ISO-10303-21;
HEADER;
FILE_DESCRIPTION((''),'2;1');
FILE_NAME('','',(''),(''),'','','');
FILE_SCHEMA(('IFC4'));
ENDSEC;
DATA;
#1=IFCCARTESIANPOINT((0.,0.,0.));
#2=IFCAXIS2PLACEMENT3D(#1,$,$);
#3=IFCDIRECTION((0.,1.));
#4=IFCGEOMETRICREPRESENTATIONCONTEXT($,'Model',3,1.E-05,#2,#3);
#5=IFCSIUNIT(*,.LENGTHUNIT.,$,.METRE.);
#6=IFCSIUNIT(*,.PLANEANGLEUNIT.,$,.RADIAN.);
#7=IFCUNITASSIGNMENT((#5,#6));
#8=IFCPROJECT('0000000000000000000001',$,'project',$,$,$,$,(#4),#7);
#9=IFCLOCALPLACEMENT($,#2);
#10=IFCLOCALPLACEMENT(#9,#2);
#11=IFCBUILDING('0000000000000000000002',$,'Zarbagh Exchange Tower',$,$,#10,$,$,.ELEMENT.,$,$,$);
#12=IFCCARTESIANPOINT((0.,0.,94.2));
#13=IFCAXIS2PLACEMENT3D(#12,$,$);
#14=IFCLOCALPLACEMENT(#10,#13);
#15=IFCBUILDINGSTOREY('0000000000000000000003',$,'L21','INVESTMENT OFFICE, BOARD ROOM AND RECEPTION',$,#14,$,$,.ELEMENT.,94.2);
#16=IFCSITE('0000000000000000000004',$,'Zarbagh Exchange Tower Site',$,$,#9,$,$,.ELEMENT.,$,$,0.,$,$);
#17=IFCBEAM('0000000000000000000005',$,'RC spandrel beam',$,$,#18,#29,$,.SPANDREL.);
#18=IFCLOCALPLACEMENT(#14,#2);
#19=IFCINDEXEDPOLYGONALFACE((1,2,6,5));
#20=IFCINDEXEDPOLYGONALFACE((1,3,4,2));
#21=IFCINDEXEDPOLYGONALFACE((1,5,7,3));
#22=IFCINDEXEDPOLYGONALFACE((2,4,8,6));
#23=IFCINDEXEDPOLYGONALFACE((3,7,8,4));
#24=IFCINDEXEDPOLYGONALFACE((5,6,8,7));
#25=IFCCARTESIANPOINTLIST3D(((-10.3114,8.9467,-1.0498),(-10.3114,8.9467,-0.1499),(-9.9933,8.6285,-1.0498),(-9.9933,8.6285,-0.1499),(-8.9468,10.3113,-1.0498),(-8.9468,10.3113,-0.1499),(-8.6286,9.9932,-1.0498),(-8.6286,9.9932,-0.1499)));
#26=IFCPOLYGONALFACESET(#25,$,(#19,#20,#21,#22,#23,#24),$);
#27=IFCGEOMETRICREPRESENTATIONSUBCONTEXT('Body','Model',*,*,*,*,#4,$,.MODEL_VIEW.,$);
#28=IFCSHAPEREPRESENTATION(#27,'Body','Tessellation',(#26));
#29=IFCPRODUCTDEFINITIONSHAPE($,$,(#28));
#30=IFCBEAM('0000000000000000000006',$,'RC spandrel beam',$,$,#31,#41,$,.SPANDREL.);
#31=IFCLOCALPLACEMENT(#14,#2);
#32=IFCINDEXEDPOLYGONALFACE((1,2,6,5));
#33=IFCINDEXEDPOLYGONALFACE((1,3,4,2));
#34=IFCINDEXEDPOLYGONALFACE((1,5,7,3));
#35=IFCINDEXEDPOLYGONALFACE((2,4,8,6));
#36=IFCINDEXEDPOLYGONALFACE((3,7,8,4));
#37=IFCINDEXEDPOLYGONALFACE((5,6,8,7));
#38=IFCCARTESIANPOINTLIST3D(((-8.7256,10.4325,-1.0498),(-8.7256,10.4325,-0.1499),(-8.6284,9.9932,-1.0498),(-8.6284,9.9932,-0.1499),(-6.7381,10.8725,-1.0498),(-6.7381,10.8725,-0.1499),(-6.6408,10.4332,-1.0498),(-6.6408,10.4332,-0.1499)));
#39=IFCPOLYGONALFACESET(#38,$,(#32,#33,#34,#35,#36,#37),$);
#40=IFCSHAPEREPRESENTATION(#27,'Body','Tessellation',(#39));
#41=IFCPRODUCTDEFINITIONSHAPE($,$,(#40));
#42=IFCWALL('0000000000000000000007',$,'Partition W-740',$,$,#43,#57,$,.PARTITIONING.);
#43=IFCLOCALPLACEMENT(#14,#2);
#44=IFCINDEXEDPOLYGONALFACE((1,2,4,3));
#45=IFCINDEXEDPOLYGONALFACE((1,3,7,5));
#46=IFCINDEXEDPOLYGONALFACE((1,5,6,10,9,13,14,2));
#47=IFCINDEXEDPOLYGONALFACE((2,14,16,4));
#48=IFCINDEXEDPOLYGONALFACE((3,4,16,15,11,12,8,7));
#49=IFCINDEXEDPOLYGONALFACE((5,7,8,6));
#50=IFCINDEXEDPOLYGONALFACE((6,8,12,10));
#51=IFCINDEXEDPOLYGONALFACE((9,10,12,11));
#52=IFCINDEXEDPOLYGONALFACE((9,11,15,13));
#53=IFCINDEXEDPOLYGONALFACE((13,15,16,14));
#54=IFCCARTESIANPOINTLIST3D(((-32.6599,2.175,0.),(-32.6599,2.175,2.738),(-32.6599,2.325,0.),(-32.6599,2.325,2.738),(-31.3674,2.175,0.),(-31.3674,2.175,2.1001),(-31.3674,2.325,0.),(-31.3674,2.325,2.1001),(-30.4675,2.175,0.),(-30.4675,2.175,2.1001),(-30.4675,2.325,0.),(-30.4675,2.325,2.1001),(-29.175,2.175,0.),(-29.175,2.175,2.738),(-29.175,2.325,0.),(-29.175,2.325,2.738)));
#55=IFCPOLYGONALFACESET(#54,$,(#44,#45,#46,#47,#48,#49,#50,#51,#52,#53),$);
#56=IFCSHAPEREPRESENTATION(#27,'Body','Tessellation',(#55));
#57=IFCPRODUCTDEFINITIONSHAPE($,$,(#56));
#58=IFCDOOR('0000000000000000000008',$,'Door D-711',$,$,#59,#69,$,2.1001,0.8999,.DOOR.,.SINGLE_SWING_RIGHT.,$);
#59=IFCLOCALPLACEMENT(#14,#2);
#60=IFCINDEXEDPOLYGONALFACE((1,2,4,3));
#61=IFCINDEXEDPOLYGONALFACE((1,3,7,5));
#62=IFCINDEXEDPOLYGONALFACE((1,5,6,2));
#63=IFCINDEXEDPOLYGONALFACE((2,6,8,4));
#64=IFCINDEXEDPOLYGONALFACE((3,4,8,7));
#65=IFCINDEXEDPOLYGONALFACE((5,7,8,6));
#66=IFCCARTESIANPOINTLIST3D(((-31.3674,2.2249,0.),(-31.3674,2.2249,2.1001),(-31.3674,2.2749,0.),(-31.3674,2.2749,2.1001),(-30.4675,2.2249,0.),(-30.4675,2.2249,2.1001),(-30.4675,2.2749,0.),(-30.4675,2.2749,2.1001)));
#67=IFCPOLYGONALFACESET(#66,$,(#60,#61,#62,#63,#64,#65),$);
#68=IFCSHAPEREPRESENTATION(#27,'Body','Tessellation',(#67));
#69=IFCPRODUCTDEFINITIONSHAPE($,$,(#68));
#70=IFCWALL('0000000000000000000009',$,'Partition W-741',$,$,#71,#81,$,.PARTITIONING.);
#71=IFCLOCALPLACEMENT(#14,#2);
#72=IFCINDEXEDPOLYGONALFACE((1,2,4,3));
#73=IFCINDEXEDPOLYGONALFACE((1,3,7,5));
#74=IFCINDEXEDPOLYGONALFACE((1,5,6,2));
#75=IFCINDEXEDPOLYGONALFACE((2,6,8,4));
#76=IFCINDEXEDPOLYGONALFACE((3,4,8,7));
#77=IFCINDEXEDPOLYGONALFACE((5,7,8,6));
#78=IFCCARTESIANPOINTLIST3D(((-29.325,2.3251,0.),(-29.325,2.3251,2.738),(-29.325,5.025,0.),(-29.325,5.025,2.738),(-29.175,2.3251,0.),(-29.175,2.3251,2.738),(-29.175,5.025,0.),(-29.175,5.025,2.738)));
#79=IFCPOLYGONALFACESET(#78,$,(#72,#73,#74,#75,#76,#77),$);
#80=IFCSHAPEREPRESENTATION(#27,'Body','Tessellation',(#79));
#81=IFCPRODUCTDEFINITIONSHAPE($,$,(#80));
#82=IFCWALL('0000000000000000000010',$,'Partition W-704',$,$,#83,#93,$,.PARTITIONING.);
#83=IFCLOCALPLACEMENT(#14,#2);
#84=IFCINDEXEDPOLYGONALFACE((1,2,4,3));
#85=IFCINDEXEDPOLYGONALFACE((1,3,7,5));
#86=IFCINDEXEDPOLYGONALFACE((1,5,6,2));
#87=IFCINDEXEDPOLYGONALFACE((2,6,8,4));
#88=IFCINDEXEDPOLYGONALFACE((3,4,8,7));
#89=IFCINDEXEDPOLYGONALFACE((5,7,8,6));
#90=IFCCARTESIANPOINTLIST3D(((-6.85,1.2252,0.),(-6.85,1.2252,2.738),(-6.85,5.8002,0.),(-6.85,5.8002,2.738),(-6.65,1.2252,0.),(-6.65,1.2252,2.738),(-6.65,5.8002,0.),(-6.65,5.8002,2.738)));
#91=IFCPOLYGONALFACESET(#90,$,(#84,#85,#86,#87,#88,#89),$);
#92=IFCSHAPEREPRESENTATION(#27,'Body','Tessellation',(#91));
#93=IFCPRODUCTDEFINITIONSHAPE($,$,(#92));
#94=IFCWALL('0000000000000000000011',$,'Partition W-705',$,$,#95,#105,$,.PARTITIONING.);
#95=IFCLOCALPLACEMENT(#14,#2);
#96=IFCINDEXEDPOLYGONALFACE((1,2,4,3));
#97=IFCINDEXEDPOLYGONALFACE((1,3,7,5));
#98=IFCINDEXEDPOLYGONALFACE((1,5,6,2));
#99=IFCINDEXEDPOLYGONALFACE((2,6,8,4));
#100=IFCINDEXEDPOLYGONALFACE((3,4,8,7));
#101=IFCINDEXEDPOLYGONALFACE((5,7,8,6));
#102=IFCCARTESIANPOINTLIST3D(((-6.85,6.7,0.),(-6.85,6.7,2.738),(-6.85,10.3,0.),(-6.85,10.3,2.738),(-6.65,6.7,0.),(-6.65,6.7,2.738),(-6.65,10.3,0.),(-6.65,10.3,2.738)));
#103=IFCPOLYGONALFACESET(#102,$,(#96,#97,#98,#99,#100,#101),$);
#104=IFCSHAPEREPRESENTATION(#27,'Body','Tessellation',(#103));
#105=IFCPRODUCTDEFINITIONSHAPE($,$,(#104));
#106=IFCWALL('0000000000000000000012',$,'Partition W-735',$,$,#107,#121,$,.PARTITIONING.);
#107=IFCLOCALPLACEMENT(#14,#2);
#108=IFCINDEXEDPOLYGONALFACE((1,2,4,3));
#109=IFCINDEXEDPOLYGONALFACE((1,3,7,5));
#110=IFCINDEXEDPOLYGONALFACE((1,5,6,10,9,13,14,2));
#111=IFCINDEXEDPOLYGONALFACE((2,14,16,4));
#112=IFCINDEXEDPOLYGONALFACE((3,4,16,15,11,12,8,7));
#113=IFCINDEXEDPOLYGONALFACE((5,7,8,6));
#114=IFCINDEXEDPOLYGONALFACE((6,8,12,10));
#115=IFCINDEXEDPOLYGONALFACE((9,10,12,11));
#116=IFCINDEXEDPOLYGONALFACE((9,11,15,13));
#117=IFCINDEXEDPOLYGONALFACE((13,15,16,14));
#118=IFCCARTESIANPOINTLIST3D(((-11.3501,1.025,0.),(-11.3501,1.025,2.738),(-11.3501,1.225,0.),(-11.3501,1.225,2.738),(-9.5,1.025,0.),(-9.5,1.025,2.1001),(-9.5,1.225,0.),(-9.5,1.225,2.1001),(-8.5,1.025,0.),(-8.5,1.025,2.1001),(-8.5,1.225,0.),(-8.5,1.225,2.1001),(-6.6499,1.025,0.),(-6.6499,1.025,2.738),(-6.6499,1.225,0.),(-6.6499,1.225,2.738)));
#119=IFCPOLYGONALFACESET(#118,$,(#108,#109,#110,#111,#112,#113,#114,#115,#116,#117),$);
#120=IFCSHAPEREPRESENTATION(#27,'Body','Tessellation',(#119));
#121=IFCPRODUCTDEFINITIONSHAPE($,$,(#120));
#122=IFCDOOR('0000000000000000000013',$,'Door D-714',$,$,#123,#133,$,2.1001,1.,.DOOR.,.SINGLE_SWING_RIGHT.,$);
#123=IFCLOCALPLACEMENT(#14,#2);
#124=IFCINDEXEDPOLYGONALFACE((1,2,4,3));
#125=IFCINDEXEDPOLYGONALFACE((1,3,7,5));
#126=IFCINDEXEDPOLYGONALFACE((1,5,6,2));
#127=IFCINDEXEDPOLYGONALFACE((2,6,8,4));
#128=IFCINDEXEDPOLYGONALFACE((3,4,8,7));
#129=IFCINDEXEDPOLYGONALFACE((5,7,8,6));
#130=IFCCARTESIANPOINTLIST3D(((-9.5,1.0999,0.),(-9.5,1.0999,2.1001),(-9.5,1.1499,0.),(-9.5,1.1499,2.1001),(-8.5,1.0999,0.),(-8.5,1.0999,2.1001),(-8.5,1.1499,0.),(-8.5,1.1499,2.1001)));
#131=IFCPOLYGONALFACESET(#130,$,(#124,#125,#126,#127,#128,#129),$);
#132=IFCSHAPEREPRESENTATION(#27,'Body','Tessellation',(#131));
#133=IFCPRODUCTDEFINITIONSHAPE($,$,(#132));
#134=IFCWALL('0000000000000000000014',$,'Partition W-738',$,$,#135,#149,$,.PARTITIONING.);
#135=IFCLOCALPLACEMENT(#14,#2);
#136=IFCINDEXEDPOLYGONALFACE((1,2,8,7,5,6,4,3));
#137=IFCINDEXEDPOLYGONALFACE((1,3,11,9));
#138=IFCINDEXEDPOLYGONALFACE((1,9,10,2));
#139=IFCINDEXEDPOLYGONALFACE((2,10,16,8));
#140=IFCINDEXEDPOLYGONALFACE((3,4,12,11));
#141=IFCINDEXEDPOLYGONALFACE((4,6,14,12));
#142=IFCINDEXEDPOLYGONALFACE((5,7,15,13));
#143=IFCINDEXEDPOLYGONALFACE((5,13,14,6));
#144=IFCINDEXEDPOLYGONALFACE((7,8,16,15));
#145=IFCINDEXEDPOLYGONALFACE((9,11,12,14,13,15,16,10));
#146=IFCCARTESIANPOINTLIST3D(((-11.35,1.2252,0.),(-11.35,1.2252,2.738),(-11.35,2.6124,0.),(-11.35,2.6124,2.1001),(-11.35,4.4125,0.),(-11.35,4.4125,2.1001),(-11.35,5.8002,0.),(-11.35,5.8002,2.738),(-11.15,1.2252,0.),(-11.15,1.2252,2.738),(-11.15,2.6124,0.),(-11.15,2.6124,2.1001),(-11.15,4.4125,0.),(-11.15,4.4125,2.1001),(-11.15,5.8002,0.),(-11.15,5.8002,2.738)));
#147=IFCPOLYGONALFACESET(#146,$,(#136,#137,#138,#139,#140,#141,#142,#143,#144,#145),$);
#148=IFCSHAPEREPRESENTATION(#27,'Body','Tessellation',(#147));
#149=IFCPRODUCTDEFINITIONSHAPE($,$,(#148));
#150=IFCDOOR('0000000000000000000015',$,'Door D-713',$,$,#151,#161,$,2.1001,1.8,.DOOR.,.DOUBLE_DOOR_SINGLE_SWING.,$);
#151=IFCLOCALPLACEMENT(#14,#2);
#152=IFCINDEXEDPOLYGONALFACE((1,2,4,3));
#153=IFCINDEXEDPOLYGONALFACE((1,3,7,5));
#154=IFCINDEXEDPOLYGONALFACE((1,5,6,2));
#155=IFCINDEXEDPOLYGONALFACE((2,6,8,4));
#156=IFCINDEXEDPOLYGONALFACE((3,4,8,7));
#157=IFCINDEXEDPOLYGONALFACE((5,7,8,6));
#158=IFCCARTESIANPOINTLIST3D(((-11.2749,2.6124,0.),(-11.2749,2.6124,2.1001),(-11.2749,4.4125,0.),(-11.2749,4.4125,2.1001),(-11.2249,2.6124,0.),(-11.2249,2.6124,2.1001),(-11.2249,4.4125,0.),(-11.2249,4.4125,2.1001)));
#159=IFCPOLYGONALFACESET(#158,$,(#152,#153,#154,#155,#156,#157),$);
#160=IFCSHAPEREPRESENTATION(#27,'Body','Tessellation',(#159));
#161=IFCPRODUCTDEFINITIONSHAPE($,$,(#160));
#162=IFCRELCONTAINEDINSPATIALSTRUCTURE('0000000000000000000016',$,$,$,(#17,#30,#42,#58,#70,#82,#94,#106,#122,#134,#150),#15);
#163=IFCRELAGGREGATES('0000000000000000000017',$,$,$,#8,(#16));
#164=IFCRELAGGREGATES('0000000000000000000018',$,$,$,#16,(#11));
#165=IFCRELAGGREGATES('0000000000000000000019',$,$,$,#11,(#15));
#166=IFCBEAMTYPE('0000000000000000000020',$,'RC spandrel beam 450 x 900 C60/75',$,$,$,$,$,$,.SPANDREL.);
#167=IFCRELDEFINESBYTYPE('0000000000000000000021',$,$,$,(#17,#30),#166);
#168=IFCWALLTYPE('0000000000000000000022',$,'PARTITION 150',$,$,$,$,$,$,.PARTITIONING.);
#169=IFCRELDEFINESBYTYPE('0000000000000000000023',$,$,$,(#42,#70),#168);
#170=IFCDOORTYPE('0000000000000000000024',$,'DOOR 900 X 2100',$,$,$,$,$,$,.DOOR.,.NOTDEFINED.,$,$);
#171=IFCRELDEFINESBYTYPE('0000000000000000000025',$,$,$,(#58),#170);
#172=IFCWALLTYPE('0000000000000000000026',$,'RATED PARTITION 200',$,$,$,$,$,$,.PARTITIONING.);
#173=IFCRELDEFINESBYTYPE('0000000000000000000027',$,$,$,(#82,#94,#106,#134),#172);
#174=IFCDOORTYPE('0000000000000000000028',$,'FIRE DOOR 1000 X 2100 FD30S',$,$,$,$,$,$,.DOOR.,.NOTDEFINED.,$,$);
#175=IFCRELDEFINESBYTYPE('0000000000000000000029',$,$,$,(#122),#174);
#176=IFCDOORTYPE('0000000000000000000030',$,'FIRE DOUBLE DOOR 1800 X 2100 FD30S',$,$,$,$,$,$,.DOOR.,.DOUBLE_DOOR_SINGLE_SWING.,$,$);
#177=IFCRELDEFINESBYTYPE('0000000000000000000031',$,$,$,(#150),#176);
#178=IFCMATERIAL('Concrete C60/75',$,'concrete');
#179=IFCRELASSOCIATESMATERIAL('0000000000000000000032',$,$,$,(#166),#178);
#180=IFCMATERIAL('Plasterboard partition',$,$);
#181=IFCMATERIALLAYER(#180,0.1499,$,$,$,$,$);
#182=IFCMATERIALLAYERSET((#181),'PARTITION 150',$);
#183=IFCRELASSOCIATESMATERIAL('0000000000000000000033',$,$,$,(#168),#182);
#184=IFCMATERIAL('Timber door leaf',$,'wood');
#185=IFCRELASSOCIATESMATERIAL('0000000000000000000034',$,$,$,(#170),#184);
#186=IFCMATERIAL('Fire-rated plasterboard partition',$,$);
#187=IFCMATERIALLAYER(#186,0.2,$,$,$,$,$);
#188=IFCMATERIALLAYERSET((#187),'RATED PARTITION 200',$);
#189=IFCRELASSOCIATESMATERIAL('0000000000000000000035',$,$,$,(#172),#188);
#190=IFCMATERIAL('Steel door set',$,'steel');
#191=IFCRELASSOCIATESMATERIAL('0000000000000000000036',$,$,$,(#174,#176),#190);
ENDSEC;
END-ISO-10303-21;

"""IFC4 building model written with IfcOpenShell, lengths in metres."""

from ifc_helpers import new_model, si_unit, direction, frame, frame_2d, origin, origin_2d, place, context, subcontext, project, spatial, rectangle, extrude, material, layer, layer_set, material_profile, profile_set, type_object, element, fill, save


model = new_model("IFC4")

# Units and contexts
model_context = context("Model", 3, precision=1e-05, world=origin(), true_north=direction((0.0, 1.0)))
body_context = subcontext(model_context, "Body", "Model", "MODEL_VIEW")
ifc_project = project(units=[si_unit("LENGTHUNIT", "METRE"), si_unit("PLANEANGLEUNIT", "RADIAN")], contexts=[model_context])

# Site, building, storey
site_placement = place(None, origin())
site = spatial("IfcSite", under=ifc_project, at=site_placement, Name="Zarbagh Exchange Tower Site", CompositionType="ELEMENT", RefElevation=0.0)
building_placement = place(site_placement, origin())
building = spatial("IfcBuilding", under=site, at=building_placement, Name="Zarbagh Exchange Tower", CompositionType="ELEMENT")
storey_placement = place(building_placement, frame((0.0, 0.0, 94.2)))
storey = spatial("IfcBuildingStorey", under=building, at=storey_placement, Name="L21", Description="INVESTMENT OFFICE, BOARD ROOM AND RECEPTION", CompositionType="ELEMENT", Elevation=94.2)

# Shared definitions
ifc_material_1 = material(Name="Concrete C60/75", Category="concrete")

# Beams
ifc_material_profile_1 = material_profile(ifc_material_1, rectangle(XDim=0.45, YDim=0.8999, at=origin_2d()), Name="RC spandrel beam 450 x 900 C60/75")
ifc_profile_set_1 = profile_set([ifc_material_profile_1], Name="Concrete C60/75")
beam_type_1 = type_object("IfcBeamType", Name="RC spandrel beam 450 x 900 C60/75", PredefinedType="SPANDREL", material=ifc_profile_set_1)
beam_1_placement = place(storey_placement, frame((-10.1523, 8.7876, -0.5999), z_axis=(0.707107, 0.707107, 0.0), x_axis=(-0.707107, 0.707107, 0.0)))
element("IfcBeam", 1, at=beam_1_placement, inside=storey, type_object=beam_type_1, Name="RC spandrel beam", PredefinedType="SPANDREL", context=body_context, shape_type="SweptSolid", body=[
    extrude(rectangle(XDim=0.45, YDim=0.8999, at=origin_2d()), origin(), (0.0, 0.0, 1.0), 1.9299),
])
beam_2_placement = place(storey_placement, frame((-8.677, 10.2129, -0.5999), z_axis=(0.976367, 0.216118, 0.0), x_axis=(-0.216118, 0.976367, 0.0)))
element("IfcBeam", 2, at=beam_2_placement, inside=storey, type_object=beam_type_1, Name="RC spandrel beam", PredefinedType="SPANDREL", context=body_context, shape_type="SweptSolid", body=[
    extrude(rectangle(XDim=0.45, YDim=0.8999, at=origin_2d()), origin(), (0.0, 0.0, 1.0), 2.0356),
])

# Wall, opening, door
ifc_material_2 = material(Name="Plasterboard partition")
ifc_layer_1 = layer(ifc_material_2, 0.1499)
ifc_layer_set_1 = layer_set([ifc_layer_1], Name="PARTITION 150")
wall_type_1 = type_object("IfcWallType", Name="PARTITION 150", PredefinedType="PARTITIONING", material=ifc_layer_set_1)
wall_1_placement = place(storey_placement, frame((-32.6599, 2.25, 0.0), z_axis=(0.0, 0.0, 1.0), x_axis=(1.0, 0.0, 0.0)))
wall_1 = element("IfcWall", 3, at=wall_1_placement, inside=storey, type_object=wall_type_1, Name="Partition W-740", PredefinedType="PARTITIONING", context=body_context, shape_type="SweptSolid", body=[
    extrude(rectangle(XDim=3.4849, YDim=0.1499, at=frame_2d((1.7424, 0.0))), origin(), (0.0, 0.0, 1.0), 2.738),
])
opening_1_placement = place(wall_1_placement, frame((1.2925, 0.0, 0.0)))
opening_1 = element("IfcOpeningElement", 4, at=opening_1_placement, cuts=wall_1, PredefinedType="OPENING", context=body_context, shape_type="SweptSolid", body=[
    extrude(rectangle(XDim=0.8999, YDim=2.1001, at=frame_2d((0.45, 1.05))), frame((0.0, 0.085, 0.0), z_axis=(0.0, -1.0, 0.0), x_axis=(1.0, 0.0, 0.0)), (0.0, 0.0, 1.0), 0.1699),
])
ifc_material_3 = material(Name="Timber door leaf", Category="wood")
door_type_1 = type_object("IfcDoorType", Name="DOOR 900 X 2100", OperationType="NOTDEFINED", PredefinedType="DOOR", material=ifc_material_3)
door_1_placement = place(opening_1_placement, origin())
door_1 = element("IfcDoor", 5, at=door_1_placement, inside=storey, type_object=door_type_1, Name="Door D-711", OperationType="SINGLE_SWING_RIGHT", OverallHeight=2.1001, OverallWidth=0.8999, PredefinedType="DOOR", context=body_context, shape_type="SweptSolid", body=[
    extrude(rectangle(XDim=0.8999, YDim=2.1001, at=frame_2d((0.45, 1.05))), frame((0.0, 0.0249, 0.0), z_axis=(0.0, -1.0, 0.0), x_axis=(1.0, 0.0, 0.0)), (0.0, 0.0, 1.0), 0.05),
])
fill(opening_1, door_1)

# Walls
wall_2_placement = place(storey_placement, frame((-29.25, 2.325, 0.0), z_axis=(0.0, 0.0, 1.0), x_axis=(0.0, 1.0, 0.0)))
element("IfcWall", 6, at=wall_2_placement, inside=storey, type_object=wall_type_1, Name="Partition W-741", PredefinedType="PARTITIONING", context=body_context, shape_type="SweptSolid", body=[
    extrude(rectangle(XDim=2.7, YDim=0.1499, at=frame_2d((1.3501, 0.0))), origin(), (0.0, 0.0, 1.0), 2.738),
])
ifc_material_4 = material(Name="Fire-rated plasterboard partition")
ifc_layer_2 = layer(ifc_material_4, 0.2)
ifc_layer_set_2 = layer_set([ifc_layer_2], Name="RATED PARTITION 200")
wall_type_2 = type_object("IfcWallType", Name="RATED PARTITION 200", PredefinedType="PARTITIONING", material=ifc_layer_set_2)
wall_3_placement = place(storey_placement, frame((-6.75, 1.2251, 0.0), z_axis=(0.0, 0.0, 1.0), x_axis=(0.0, 1.0, 0.0)))
element("IfcWall", 7, at=wall_3_placement, inside=storey, type_object=wall_type_2, Name="Partition W-704", PredefinedType="PARTITIONING", context=body_context, shape_type="SweptSolid", body=[
    extrude(rectangle(XDim=4.575, YDim=0.2, at=frame_2d((2.2876, 0.0))), origin(), (0.0, 0.0, 1.0), 2.738),
])
wall_4_placement = place(storey_placement, frame((-6.75, 6.7, 0.0), z_axis=(0.0, 0.0, 1.0), x_axis=(0.0, 1.0, 0.0)))
element("IfcWall", 8, at=wall_4_placement, inside=storey, type_object=wall_type_2, Name="Partition W-705", PredefinedType="PARTITIONING", context=body_context, shape_type="SweptSolid", body=[
    extrude(rectangle(XDim=3.6001, YDim=0.2, at=frame_2d((1.8, 0.0))), origin(), (0.0, 0.0, 1.0), 2.738),
])

# Walls, openings, doors
wall_5_placement = place(storey_placement, frame((-11.3501, 1.125, 0.0), z_axis=(0.0, 0.0, 1.0), x_axis=(1.0, 0.0, 0.0)))
wall_5 = element("IfcWall", 9, at=wall_5_placement, inside=storey, type_object=wall_type_2, Name="Partition W-735", PredefinedType="PARTITIONING", context=body_context, shape_type="SweptSolid", body=[
    extrude(rectangle(XDim=4.7002, YDim=0.2, at=frame_2d((2.3501, 0.0))), origin(), (0.0, 0.0, 1.0), 2.738),
])
opening_2_placement = place(wall_5_placement, frame((1.8501, 0.0, 0.0)))
opening_2 = element("IfcOpeningElement", 10, at=opening_2_placement, cuts=wall_5, PredefinedType="OPENING", context=body_context, shape_type="SweptSolid", body=[
    extrude(rectangle(XDim=1.0, YDim=2.1001, at=frame_2d((0.5, 1.05))), frame((0.0, 0.1099, 0.0), z_axis=(0.0, -1.0, 0.0), x_axis=(1.0, 0.0, 0.0)), (0.0, 0.0, 1.0), 0.22),
])
ifc_material_5 = material(Name="Steel door set", Category="steel")
door_type_2 = type_object("IfcDoorType", Name="FIRE DOOR 1000 X 2100 FD30S", OperationType="NOTDEFINED", PredefinedType="DOOR", material=ifc_material_5)
door_2_placement = place(opening_2_placement, origin())
door_2 = element("IfcDoor", 11, at=door_2_placement, inside=storey, type_object=door_type_2, Name="Door D-714", OperationType="SINGLE_SWING_RIGHT", OverallHeight=2.1001, OverallWidth=1.0, PredefinedType="DOOR", context=body_context, shape_type="SweptSolid", body=[
    extrude(rectangle(XDim=1.0, YDim=2.1001, at=frame_2d((0.5, 1.05))), frame((0.0, 0.0249, 0.0), z_axis=(0.0, -1.0, 0.0), x_axis=(1.0, 0.0, 0.0)), (0.0, 0.0, 1.0), 0.05),
])
fill(opening_2, door_2)
wall_6_placement = place(storey_placement, frame((-11.25, 1.2251, 0.0), z_axis=(0.0, 0.0, 1.0), x_axis=(0.0, 1.0, 0.0)))
wall_6 = element("IfcWall", 12, at=wall_6_placement, inside=storey, type_object=wall_type_2, Name="Partition W-738", PredefinedType="PARTITIONING", context=body_context, shape_type="SweptSolid", body=[
    extrude(rectangle(XDim=4.575, YDim=0.2, at=frame_2d((2.2876, 0.0))), origin(), (0.0, 0.0, 1.0), 2.738),
])
opening_3_placement = place(wall_6_placement, frame((1.3875, 0.0, 0.0)))
opening_3 = element("IfcOpeningElement", 13, at=opening_3_placement, cuts=wall_6, PredefinedType="OPENING", context=body_context, shape_type="SweptSolid", body=[
    extrude(rectangle(XDim=1.8, YDim=2.1001, at=frame_2d((0.8999, 1.05))), frame((0.0, 0.1099, 0.0), z_axis=(0.0, -1.0, 0.0), x_axis=(1.0, 0.0, 0.0)), (0.0, 0.0, 1.0), 0.22),
])
door_type_3 = type_object("IfcDoorType", Name="FIRE DOUBLE DOOR 1800 X 2100 FD30S", OperationType="DOUBLE_DOOR_SINGLE_SWING", PredefinedType="DOOR", material=ifc_material_5)
door_3_placement = place(opening_3_placement, origin())
door_3 = element("IfcDoor", 14, at=door_3_placement, inside=storey, type_object=door_type_3, Name="Door D-713", OperationType="DOUBLE_DOOR_SINGLE_SWING", OverallHeight=2.1001, OverallWidth=1.8, PredefinedType="DOOR", context=body_context, shape_type="SweptSolid", body=[
    extrude(rectangle(XDim=1.8, YDim=2.1001, at=frame_2d((0.8999, 1.05))), frame((0.0, 0.0249, 0.0), z_axis=(0.0, -1.0, 0.0), x_axis=(1.0, 0.0, 0.0)), (0.0, 0.0, 1.0), 0.05),
])
fill(opening_3, door_3)

save(model, "model.ifc")
